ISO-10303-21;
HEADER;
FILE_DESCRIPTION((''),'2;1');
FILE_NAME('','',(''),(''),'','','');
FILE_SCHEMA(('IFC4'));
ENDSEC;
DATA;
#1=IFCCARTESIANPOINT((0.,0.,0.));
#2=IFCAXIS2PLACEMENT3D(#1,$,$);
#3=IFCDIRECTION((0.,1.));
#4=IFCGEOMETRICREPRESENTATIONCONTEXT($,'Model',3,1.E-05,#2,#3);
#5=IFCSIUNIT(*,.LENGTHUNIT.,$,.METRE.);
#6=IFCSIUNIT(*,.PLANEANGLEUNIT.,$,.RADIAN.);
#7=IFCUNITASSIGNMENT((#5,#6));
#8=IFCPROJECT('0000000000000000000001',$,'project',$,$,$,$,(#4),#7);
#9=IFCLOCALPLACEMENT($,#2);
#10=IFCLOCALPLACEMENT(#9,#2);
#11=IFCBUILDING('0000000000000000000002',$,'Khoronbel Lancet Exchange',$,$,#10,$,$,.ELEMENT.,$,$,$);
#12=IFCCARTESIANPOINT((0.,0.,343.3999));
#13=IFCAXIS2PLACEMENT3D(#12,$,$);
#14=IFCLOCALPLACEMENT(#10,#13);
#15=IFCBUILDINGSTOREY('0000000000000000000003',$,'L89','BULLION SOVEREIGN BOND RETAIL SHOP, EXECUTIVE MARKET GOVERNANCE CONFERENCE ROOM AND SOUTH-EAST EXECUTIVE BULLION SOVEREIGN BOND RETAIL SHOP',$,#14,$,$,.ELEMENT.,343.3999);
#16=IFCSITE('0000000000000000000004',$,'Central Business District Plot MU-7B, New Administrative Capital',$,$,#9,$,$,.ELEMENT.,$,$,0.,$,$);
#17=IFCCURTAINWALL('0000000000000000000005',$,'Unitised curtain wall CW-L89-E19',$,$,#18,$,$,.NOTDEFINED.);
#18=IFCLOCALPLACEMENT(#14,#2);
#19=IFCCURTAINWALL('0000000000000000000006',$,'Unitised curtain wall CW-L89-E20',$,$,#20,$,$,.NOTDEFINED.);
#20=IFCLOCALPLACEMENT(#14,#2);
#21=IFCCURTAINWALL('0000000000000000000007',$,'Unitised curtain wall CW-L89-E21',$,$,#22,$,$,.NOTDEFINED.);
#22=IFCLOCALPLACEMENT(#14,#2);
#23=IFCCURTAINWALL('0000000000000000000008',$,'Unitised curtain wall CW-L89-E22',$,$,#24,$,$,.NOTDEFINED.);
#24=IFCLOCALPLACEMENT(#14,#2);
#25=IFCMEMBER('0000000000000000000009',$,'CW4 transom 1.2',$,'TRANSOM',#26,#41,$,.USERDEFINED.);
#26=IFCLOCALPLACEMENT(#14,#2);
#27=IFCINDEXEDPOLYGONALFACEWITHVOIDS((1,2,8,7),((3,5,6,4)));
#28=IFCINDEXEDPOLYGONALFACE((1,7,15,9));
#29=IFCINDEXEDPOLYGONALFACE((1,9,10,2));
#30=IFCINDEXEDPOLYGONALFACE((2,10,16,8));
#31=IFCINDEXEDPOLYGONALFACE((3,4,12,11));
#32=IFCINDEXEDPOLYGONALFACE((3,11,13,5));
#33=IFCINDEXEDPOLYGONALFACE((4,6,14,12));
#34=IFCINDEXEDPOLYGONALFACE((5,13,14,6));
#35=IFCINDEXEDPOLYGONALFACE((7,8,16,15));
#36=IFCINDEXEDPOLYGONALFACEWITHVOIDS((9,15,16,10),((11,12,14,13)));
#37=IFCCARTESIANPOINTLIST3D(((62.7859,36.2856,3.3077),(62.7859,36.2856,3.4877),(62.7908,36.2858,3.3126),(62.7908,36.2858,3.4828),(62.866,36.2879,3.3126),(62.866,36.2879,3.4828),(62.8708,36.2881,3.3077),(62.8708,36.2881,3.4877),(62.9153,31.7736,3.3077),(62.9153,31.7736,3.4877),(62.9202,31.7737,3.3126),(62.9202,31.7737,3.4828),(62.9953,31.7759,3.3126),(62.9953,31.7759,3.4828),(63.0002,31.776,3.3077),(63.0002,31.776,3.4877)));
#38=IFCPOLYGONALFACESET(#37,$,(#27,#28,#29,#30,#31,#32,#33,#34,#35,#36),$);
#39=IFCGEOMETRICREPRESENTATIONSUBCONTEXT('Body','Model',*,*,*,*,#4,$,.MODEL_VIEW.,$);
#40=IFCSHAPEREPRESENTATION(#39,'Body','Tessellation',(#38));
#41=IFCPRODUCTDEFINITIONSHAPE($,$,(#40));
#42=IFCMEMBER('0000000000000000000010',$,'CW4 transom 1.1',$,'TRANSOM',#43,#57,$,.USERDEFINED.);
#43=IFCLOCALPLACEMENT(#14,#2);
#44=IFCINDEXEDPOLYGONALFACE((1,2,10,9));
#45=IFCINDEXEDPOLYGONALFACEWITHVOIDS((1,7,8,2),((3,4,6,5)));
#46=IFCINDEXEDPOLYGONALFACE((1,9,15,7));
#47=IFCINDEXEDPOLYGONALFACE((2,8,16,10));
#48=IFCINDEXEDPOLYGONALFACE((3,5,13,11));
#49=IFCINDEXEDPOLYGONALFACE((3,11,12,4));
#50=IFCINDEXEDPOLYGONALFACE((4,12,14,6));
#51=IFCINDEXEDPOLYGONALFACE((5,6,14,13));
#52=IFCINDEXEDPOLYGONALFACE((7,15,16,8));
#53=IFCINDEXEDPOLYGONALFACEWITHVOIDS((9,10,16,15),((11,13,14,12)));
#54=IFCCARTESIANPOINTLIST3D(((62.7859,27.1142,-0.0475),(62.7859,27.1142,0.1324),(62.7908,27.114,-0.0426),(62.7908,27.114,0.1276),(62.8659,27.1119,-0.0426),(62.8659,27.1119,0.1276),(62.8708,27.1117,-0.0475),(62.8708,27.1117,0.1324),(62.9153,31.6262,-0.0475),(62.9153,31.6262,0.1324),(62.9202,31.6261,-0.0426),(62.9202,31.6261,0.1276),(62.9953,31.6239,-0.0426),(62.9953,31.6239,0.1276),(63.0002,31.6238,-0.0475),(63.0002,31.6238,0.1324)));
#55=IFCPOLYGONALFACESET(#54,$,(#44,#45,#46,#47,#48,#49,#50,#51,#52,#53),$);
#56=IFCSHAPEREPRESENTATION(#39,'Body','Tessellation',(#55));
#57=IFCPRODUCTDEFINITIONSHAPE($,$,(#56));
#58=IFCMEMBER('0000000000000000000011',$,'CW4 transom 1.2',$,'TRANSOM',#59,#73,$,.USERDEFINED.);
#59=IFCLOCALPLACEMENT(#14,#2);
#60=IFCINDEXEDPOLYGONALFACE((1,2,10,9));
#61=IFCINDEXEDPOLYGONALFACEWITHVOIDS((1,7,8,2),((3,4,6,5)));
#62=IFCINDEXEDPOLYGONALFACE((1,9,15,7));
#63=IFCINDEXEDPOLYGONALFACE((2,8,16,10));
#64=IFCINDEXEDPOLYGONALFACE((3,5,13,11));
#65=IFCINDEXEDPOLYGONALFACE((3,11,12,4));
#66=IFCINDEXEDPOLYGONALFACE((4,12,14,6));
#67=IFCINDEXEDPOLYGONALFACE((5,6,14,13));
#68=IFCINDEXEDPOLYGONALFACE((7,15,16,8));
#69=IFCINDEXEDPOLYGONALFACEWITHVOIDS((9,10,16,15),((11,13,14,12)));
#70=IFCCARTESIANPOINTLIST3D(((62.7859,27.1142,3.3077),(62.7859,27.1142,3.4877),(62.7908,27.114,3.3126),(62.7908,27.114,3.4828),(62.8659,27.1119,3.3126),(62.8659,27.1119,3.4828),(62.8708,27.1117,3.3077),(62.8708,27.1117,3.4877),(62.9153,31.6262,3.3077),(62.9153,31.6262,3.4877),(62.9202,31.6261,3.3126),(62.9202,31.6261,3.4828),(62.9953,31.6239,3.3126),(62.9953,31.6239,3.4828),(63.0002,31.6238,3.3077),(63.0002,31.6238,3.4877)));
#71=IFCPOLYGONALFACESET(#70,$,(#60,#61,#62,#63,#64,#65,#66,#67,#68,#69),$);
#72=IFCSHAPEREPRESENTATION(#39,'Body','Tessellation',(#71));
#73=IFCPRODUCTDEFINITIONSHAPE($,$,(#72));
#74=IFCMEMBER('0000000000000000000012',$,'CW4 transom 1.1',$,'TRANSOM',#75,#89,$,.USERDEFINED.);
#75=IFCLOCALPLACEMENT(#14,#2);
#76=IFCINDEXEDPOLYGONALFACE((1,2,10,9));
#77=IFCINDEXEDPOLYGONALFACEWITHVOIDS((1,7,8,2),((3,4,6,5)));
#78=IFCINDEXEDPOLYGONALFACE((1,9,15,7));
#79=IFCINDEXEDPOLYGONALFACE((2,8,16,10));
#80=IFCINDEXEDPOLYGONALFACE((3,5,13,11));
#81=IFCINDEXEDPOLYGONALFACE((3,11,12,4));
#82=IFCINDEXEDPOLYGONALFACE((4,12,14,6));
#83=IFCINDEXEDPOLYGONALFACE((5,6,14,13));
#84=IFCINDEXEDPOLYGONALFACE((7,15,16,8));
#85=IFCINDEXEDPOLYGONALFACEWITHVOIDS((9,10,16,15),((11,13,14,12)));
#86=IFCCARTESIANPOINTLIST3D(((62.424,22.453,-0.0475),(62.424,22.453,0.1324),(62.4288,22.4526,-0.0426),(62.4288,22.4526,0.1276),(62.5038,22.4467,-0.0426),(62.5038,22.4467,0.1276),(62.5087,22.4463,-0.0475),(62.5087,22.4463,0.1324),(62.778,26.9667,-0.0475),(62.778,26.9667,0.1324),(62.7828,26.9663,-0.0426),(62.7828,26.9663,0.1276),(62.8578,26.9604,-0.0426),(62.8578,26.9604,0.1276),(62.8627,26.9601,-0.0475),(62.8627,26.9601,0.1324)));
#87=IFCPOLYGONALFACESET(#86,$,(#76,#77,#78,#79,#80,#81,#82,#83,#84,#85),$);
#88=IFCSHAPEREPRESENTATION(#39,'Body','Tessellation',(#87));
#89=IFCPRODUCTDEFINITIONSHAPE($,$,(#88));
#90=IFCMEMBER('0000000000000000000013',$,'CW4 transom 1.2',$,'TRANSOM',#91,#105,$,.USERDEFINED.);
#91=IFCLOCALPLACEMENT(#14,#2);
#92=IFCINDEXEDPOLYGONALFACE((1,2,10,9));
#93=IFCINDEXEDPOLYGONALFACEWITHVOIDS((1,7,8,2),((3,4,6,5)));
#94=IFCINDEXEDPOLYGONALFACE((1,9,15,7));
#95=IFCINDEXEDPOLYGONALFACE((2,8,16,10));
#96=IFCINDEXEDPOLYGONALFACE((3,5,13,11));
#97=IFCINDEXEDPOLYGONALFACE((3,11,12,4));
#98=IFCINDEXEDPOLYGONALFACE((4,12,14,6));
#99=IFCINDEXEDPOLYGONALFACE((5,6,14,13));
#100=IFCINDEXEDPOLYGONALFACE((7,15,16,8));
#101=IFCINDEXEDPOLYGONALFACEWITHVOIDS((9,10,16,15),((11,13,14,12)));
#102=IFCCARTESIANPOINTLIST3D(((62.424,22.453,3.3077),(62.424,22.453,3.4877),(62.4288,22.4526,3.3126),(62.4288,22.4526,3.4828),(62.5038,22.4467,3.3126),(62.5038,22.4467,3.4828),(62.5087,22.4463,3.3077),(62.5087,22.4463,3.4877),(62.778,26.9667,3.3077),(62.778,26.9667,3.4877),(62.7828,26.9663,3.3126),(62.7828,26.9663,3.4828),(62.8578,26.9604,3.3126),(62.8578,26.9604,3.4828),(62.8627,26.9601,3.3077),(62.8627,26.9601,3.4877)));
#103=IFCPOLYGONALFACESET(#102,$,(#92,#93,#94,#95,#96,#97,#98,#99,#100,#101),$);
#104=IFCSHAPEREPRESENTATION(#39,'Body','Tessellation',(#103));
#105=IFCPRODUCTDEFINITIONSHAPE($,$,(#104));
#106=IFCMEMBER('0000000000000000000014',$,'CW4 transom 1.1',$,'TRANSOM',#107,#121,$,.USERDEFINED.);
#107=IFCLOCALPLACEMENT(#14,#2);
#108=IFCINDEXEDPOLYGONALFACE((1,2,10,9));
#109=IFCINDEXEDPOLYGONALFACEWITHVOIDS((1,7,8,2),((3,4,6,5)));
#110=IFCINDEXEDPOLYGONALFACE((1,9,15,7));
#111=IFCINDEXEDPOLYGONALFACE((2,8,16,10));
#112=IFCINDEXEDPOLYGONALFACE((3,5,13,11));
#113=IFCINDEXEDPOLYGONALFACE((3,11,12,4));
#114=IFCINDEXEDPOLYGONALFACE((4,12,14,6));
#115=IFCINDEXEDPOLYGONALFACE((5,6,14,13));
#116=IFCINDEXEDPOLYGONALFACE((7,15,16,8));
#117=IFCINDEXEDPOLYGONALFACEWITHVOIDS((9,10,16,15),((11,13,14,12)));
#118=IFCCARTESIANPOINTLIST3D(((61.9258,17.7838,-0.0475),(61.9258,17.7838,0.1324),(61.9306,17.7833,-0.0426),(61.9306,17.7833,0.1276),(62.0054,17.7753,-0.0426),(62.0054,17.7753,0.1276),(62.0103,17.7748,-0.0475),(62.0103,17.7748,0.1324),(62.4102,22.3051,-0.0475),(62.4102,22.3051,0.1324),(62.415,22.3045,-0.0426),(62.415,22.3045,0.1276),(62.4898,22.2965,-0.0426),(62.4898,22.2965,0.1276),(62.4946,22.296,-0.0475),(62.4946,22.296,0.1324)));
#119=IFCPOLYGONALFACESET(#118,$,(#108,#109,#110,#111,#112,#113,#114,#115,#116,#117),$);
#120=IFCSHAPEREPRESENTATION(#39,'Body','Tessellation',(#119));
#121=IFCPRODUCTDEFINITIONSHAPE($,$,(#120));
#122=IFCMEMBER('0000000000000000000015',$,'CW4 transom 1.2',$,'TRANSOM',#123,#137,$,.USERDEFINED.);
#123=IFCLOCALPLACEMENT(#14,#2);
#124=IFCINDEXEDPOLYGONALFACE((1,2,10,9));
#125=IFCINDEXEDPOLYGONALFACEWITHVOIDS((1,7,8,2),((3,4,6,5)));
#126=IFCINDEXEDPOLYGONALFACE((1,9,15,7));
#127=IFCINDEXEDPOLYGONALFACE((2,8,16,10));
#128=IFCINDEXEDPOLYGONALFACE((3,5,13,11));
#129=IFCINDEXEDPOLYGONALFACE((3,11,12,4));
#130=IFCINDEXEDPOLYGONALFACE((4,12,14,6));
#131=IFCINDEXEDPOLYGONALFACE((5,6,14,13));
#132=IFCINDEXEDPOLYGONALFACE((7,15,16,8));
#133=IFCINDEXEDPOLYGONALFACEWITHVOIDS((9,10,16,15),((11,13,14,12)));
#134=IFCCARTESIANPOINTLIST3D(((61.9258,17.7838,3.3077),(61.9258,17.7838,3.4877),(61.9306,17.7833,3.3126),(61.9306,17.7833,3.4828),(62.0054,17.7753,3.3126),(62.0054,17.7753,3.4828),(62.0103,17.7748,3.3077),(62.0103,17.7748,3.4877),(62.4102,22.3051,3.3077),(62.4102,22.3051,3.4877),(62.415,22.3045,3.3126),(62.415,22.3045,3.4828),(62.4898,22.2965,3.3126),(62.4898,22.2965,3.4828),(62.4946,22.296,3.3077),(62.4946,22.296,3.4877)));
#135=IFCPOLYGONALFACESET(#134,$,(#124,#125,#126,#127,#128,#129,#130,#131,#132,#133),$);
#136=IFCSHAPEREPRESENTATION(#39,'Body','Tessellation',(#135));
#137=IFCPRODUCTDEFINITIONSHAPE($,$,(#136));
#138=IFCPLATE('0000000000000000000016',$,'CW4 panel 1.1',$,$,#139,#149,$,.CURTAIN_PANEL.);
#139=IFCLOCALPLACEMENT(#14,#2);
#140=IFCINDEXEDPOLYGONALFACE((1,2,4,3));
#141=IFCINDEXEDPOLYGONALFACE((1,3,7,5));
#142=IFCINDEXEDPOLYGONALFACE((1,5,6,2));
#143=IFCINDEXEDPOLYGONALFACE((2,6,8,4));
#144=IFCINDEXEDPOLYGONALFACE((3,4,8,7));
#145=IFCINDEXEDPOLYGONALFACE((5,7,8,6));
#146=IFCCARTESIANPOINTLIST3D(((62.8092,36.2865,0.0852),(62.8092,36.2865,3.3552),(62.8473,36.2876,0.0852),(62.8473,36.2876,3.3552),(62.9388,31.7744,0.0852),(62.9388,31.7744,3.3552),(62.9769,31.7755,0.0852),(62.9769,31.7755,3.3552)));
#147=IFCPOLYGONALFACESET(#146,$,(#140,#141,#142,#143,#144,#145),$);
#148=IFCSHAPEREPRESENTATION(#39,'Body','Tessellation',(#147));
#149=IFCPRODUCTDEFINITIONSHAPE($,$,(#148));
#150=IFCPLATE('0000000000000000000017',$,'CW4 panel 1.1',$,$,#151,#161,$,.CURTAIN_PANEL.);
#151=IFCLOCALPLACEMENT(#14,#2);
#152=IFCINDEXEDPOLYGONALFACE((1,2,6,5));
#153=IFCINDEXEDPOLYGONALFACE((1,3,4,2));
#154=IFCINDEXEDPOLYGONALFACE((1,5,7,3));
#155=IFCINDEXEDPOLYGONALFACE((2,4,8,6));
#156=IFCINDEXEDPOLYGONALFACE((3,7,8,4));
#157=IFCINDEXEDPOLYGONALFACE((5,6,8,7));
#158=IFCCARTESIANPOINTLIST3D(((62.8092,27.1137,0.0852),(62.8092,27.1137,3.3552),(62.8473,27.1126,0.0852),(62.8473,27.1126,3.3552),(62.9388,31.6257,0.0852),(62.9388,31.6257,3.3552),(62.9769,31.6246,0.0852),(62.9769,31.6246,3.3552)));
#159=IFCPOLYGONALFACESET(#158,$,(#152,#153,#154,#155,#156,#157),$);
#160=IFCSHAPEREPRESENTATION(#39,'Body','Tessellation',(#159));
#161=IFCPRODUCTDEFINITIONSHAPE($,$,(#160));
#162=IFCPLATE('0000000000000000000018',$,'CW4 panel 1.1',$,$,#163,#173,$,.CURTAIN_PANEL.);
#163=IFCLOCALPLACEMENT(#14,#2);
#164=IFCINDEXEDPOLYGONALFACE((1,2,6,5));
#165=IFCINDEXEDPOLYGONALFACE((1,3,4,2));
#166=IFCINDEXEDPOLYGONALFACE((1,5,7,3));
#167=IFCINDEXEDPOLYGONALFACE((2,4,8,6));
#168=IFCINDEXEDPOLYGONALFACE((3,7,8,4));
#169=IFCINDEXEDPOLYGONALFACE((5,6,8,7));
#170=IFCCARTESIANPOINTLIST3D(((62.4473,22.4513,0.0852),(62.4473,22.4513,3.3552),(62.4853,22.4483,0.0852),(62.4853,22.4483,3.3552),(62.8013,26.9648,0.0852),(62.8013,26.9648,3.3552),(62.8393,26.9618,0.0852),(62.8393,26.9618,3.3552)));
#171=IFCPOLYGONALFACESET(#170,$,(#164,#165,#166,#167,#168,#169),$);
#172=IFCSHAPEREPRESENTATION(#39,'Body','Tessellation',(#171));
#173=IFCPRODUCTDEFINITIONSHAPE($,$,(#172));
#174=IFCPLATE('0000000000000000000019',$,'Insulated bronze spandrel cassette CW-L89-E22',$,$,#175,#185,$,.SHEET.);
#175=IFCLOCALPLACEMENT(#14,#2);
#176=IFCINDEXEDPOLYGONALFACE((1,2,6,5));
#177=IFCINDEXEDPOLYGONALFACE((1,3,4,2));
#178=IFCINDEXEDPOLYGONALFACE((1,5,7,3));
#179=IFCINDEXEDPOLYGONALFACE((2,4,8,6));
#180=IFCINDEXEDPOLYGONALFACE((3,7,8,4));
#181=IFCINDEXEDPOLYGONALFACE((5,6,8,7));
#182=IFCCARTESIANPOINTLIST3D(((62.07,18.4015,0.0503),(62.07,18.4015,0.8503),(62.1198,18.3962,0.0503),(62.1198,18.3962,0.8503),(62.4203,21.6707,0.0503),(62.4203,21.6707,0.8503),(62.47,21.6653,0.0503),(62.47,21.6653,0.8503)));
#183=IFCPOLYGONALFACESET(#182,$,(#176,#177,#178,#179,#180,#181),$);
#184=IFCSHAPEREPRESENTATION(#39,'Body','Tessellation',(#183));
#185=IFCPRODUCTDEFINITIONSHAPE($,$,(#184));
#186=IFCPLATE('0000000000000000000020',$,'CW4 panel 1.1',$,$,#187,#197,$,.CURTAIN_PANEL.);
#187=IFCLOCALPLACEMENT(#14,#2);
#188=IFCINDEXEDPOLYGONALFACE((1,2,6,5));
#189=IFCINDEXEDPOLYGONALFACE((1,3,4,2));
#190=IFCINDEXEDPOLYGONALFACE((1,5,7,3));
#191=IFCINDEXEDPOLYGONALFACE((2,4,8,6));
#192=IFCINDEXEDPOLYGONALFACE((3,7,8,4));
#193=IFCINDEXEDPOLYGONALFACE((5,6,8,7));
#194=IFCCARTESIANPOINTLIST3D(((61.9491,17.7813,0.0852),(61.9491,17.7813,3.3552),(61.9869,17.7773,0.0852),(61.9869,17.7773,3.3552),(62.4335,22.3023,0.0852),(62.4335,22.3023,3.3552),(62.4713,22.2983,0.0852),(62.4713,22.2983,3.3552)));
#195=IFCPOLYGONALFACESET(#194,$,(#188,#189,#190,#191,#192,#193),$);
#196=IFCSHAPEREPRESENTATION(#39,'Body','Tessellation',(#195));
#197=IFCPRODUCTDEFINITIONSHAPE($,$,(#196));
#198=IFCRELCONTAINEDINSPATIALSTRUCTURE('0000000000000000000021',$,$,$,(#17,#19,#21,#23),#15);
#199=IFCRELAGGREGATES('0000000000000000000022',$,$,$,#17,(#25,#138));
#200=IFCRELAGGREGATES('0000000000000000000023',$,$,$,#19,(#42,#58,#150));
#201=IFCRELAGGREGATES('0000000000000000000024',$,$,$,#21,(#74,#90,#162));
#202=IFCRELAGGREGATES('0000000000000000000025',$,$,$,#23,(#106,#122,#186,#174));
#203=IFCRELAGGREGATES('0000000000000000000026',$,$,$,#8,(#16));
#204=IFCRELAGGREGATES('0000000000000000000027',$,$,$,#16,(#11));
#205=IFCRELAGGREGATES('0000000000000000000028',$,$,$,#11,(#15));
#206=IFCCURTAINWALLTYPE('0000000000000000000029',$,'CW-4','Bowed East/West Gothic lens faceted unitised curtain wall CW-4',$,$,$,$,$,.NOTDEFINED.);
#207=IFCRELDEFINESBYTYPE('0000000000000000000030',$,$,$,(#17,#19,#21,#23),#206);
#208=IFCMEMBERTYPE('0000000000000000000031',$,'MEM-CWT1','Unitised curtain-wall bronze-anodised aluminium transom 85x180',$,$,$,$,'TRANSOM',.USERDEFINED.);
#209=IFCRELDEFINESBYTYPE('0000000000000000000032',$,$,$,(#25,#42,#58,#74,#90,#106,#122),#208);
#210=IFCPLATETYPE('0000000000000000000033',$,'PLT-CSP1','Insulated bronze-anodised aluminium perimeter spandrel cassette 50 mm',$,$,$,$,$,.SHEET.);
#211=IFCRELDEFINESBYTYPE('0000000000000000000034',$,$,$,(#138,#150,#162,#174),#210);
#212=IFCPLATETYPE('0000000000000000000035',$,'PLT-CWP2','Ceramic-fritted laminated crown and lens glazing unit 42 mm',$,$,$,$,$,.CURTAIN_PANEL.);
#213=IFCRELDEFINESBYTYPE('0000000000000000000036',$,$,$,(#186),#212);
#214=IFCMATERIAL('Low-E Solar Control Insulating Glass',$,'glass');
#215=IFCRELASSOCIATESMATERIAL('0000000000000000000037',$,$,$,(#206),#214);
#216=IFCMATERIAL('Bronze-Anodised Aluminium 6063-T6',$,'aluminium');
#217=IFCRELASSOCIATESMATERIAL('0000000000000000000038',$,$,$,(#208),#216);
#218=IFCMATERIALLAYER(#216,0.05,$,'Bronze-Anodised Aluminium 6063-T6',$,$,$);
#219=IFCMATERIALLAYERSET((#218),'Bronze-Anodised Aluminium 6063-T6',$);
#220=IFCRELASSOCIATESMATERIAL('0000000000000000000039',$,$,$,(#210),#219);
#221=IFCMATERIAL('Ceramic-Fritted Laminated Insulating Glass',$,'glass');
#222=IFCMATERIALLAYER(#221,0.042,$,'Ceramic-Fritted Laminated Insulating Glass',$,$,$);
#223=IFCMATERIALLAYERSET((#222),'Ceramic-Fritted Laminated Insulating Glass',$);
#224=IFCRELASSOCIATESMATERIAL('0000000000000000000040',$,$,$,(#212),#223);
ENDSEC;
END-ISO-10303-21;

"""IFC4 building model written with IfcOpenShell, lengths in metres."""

from ifc_helpers import new_model, si_unit, direction, frame, origin, origin_2d, place, context, subcontext, project, spatial, rectangle, hollow_rectangle, extrude, material, layer, layer_set, material_profile, profile_set, type_object, element, aggregate, save


model = new_model("IFC4")

# Units and contexts
model_context = context("Model", 3, precision=1e-05, world=origin(), true_north=direction((0.0, 1.0)))
body_context = subcontext(model_context, "Body", "Model", "MODEL_VIEW")
ifc_project = project(units=[si_unit("LENGTHUNIT", "METRE"), si_unit("PLANEANGLEUNIT", "RADIAN")], contexts=[model_context])

# Site, building, storey
site_placement = place(None, origin())
site = spatial("IfcSite", under=ifc_project, at=site_placement, Name="Central Business District Plot MU-7B, New Administrative Capital", CompositionType="ELEMENT", RefElevation=0.0)
building_placement = place(site_placement, origin())
building = spatial("IfcBuilding", under=site, at=building_placement, Name="Khoronbel Lancet Exchange", CompositionType="ELEMENT")
storey_placement = place(building_placement, frame((0.0, 0.0, 343.3999)))
storey = spatial("IfcBuildingStorey", under=building, at=storey_placement, Name="L89", Description="BULLION SOVEREIGN BOND RETAIL SHOP, EXECUTIVE MARKET GOVERNANCE CONFERENCE ROOM AND SOUTH-EAST EXECUTIVE BULLION SOVEREIGN BOND RETAIL SHOP", CompositionType="ELEMENT", Elevation=343.3999)

# Shared definitions
ifc_material_1 = material(Name="Low-E Solar Control Insulating Glass", Category="glass")
curtain_wall_type = type_object("IfcCurtainWallType", Name="CW-4", Description="Bowed East/West Gothic lens faceted unitised curtain wall CW-4", PredefinedType="NOTDEFINED", material=ifc_material_1)
ifc_material_2 = material(Name="Bronze-Anodised Aluminium 6063-T6", Category="aluminium")

# Curtain walls
curtain_wall_1_placement = place(storey_placement, origin())
curtain_wall_1 = element("IfcCurtainWall", 1, at=curtain_wall_1_placement, inside=storey, type_object=curtain_wall_type, Name="Unitised curtain wall CW-L89-E19", PredefinedType="NOTDEFINED")
curtain_wall_2_placement = place(storey_placement, origin())
curtain_wall_2 = element("IfcCurtainWall", 2, at=curtain_wall_2_placement, inside=storey, type_object=curtain_wall_type, Name="Unitised curtain wall CW-L89-E20", PredefinedType="NOTDEFINED")
curtain_wall_3_placement = place(storey_placement, origin())
curtain_wall_3 = element("IfcCurtainWall", 3, at=curtain_wall_3_placement, inside=storey, type_object=curtain_wall_type, Name="Unitised curtain wall CW-L89-E21", PredefinedType="NOTDEFINED")

# Curtain wall
curtain_wall_4_placement = place(storey_placement, origin())
curtain_wall_4 = element("IfcCurtainWall", 4, at=curtain_wall_4_placement, inside=storey, type_object=curtain_wall_type, Name="Unitised curtain wall CW-L89-E22", PredefinedType="NOTDEFINED")

# Members
ifc_material_profile_1 = material_profile(ifc_material_2, hollow_rectangle(XDim=0.085, YDim=0.1799, WallThickness=0.0049, at=origin_2d()), Name="ALU TRANSOM 85x180")
ifc_profile_set_1 = profile_set([ifc_material_profile_1], Name="Bronze-Anodised Aluminium 6063-T6")
member_type_1 = type_object("IfcMemberType", Name="MEM-CWT1", Description="Unitised curtain-wall bronze-anodised aluminium transom 85x180", ElementType="TRANSOM", PredefinedType="USERDEFINED", material=ifc_profile_set_1)
member_1_placement = place(storey_placement, frame((62.8284, 36.2869, 3.3977), z_axis=(0.028666, -0.999589, 0.0), x_axis=(0.999589, 0.028666, 0.0)))
member_1 = element("IfcMember", 5, at=member_1_placement, type_object=member_type_1, Name="CW4 transom 1.2", ObjectType="TRANSOM", PredefinedType="USERDEFINED", context=body_context, shape_type="SweptSolid", body=[
    extrude(hollow_rectangle(XDim=0.085, YDim=0.1799, WallThickness=0.0049, at=origin_2d()), origin(), (0.0, 0.0, 1.0), 4.5139),
])
member_2_placement = place(storey_placement, frame((62.9578, 31.625, 0.0425), z_axis=(-0.028666, -0.999589, 0.0), x_axis=(0.999589, -0.028666, 0.0)))
member_2 = element("IfcMember", 6, at=member_2_placement, type_object=member_type_1, Name="CW4 transom 1.1", ObjectType="TRANSOM", PredefinedType="USERDEFINED", context=body_context, shape_type="SweptSolid", body=[
    extrude(hollow_rectangle(XDim=0.085, YDim=0.1799, WallThickness=0.0049, at=origin_2d()), origin(), (0.0, 0.0, 1.0), 4.5139),
])
member_3_placement = place(storey_placement, frame((62.9578, 31.625, 3.3977), z_axis=(-0.028666, -0.999589, 0.0), x_axis=(0.999589, -0.028666, 0.0)))
member_3 = element("IfcMember", 7, at=member_3_placement, type_object=member_type_1, Name="CW4 transom 1.2", ObjectType="TRANSOM", PredefinedType="USERDEFINED", context=body_context, shape_type="SweptSolid", body=[
    extrude(hollow_rectangle(XDim=0.085, YDim=0.1799, WallThickness=0.0049, at=origin_2d()), origin(), (0.0, 0.0, 1.0), 4.5139),
])
member_4_placement = place(storey_placement, frame((62.8203, 26.9634, 0.0425), z_axis=(-0.078189, -0.996939, 0.0), x_axis=(0.996939, -0.078189, 0.0)))
member_4 = element("IfcMember", 8, at=member_4_placement, type_object=member_type_1, Name="CW4 transom 1.1", ObjectType="TRANSOM", PredefinedType="USERDEFINED", context=body_context, shape_type="SweptSolid", body=[
    extrude(hollow_rectangle(XDim=0.085, YDim=0.1799, WallThickness=0.0049, at=origin_2d()), origin(), (0.0, 0.0, 1.0), 4.5276),
])
member_5_placement = place(storey_placement, frame((62.8203, 26.9634, 3.3977), z_axis=(-0.078189, -0.996939, 0.0), x_axis=(0.996939, -0.078189, 0.0)))
member_5 = element("IfcMember", 9, at=member_5_placement, type_object=member_type_1, Name="CW4 transom 1.2", ObjectType="TRANSOM", PredefinedType="USERDEFINED", context=body_context, shape_type="SweptSolid", body=[
    extrude(hollow_rectangle(XDim=0.085, YDim=0.1799, WallThickness=0.0049, at=origin_2d()), origin(), (0.0, 0.0, 1.0), 4.5276),
])
member_6_placement = place(storey_placement, frame((62.4524, 22.3005, 0.0425), z_axis=(-0.106524, -0.99431, 0.0), x_axis=(0.99431, -0.106524, 0.0)))
member_6 = element("IfcMember", 10, at=member_6_placement, type_object=member_type_1, Name="CW4 transom 1.1", ObjectType="TRANSOM", PredefinedType="USERDEFINED", context=body_context, shape_type="SweptSolid", body=[
    extrude(hollow_rectangle(XDim=0.085, YDim=0.1799, WallThickness=0.0049, at=origin_2d()), origin(), (0.0, 0.0, 1.0), 4.5471),
])
member_7_placement = place(storey_placement, frame((62.4524, 22.3005, 3.3977), z_axis=(-0.106524, -0.99431, 0.0), x_axis=(0.99431, -0.106524, 0.0)))
member_7 = element("IfcMember", 11, at=member_7_placement, type_object=member_type_1, Name="CW4 transom 1.2", ObjectType="TRANSOM", PredefinedType="USERDEFINED", context=body_context, shape_type="SweptSolid", body=[
    extrude(hollow_rectangle(XDim=0.085, YDim=0.1799, WallThickness=0.0049, at=origin_2d()), origin(), (0.0, 0.0, 1.0), 4.5471),
])

# Plates
ifc_layer_1 = layer(ifc_material_2, 0.05, Name="Bronze-Anodised Aluminium 6063-T6")
ifc_layer_set_1 = layer_set([ifc_layer_1], Name="Bronze-Anodised Aluminium 6063-T6")
plate_type_1 = type_object("IfcPlateType", Name="PLT-CSP1", Description="Insulated bronze-anodised aluminium perimeter spandrel cassette 50 mm", PredefinedType="SHEET", material=ifc_layer_set_1)
plate_1_placement = place(storey_placement, frame((62.8931, 34.031, 0.0852), z_axis=(0.0, 0.0, 1.0), x_axis=(0.02871, -0.999588, 0.0)))
plate_1 = element("IfcPlate", 12, at=plate_1_placement, type_object=plate_type_1, Name="CW4 panel 1.1", PredefinedType="CURTAIN_PANEL", context=body_context, shape_type="SweptSolid", body=[
    extrude(rectangle(XDim=4.5139, YDim=0.0381, at=origin_2d()), origin(), (0.0, 0.0, 1.0), 3.27),
])
aggregate(curtain_wall_1, [member_1, plate_1])
plate_2_placement = place(storey_placement, frame((62.8931, 29.3691, 0.0852), z_axis=(0.0, 0.0, 1.0), x_axis=(-0.02871, -0.999588, 0.0)))
plate_2 = element("IfcPlate", 13, at=plate_2_placement, type_object=plate_type_1, Name="CW4 panel 1.1", PredefinedType="CURTAIN_PANEL", context=body_context, shape_type="SweptSolid", body=[
    extrude(rectangle(XDim=4.5139, YDim=0.0381, at=origin_2d()), origin(), (0.0, 0.0, 1.0), 3.27),
])
aggregate(curtain_wall_2, [member_2, member_3, plate_2])
plate_3_placement = place(storey_placement, frame((62.6433, 24.7065, 0.0852), z_axis=(0.0, 0.0, 1.0), x_axis=(-0.078184, -0.996939, 0.0)))
plate_3 = element("IfcPlate", 14, at=plate_3_placement, type_object=plate_type_1, Name="CW4 panel 1.1", PredefinedType="CURTAIN_PANEL", context=body_context, shape_type="SweptSolid", body=[
    extrude(rectangle(XDim=4.5273, YDim=0.0381, at=origin_2d()), origin(), (0.0, 0.0, 1.0), 3.27),
])
aggregate(curtain_wall_3, [member_4, member_5, plate_3])
plate_4_placement = place(storey_placement, frame((62.27, 20.0334, 0.0503), z_axis=(0.0, 0.0, 1.0), x_axis=(-0.106538, -0.994309, 0.0)))
plate_4 = element("IfcPlate", 15, at=plate_4_placement, type_object=plate_type_1, Name="Insulated bronze spandrel cassette CW-L89-E22", PredefinedType="SHEET", context=body_context, shape_type="SweptSolid", body=[
    extrude(rectangle(XDim=3.2878, YDim=0.05, at=origin_2d()), origin(), (0.0, 0.0, 1.0), 0.8),
])
ifc_material_3 = material(Name="Ceramic-Fritted Laminated Insulating Glass", Category="glass")
ifc_layer_2 = layer(ifc_material_3, 0.042, Name="Ceramic-Fritted Laminated Insulating Glass")
ifc_layer_set_2 = layer_set([ifc_layer_2], Name="Ceramic-Fritted Laminated Insulating Glass")
plate_type_2 = type_object("IfcPlateType", Name="PLT-CWP2", Description="Ceramic-fritted laminated crown and lens glazing unit 42 mm", PredefinedType="CURTAIN_PANEL", material=ifc_layer_set_2)
plate_5_placement = place(storey_placement, frame((62.2102, 20.0398, 0.0852), z_axis=(0.0, 0.0, 1.0), x_axis=(-0.106538, -0.994309, 0.0)))
plate_5 = element("IfcPlate", 16, at=plate_5_placement, type_object=plate_type_2, Name="CW4 panel 1.1", PredefinedType="CURTAIN_PANEL", context=body_context, shape_type="SweptSolid", body=[
    extrude(rectangle(XDim=4.5469, YDim=0.0381, at=origin_2d()), origin(), (0.0, 0.0, 1.0), 3.27),
])
aggregate(curtain_wall_4, [member_6, member_7, plate_5, plate_4])

save(model, "model.ifc")
